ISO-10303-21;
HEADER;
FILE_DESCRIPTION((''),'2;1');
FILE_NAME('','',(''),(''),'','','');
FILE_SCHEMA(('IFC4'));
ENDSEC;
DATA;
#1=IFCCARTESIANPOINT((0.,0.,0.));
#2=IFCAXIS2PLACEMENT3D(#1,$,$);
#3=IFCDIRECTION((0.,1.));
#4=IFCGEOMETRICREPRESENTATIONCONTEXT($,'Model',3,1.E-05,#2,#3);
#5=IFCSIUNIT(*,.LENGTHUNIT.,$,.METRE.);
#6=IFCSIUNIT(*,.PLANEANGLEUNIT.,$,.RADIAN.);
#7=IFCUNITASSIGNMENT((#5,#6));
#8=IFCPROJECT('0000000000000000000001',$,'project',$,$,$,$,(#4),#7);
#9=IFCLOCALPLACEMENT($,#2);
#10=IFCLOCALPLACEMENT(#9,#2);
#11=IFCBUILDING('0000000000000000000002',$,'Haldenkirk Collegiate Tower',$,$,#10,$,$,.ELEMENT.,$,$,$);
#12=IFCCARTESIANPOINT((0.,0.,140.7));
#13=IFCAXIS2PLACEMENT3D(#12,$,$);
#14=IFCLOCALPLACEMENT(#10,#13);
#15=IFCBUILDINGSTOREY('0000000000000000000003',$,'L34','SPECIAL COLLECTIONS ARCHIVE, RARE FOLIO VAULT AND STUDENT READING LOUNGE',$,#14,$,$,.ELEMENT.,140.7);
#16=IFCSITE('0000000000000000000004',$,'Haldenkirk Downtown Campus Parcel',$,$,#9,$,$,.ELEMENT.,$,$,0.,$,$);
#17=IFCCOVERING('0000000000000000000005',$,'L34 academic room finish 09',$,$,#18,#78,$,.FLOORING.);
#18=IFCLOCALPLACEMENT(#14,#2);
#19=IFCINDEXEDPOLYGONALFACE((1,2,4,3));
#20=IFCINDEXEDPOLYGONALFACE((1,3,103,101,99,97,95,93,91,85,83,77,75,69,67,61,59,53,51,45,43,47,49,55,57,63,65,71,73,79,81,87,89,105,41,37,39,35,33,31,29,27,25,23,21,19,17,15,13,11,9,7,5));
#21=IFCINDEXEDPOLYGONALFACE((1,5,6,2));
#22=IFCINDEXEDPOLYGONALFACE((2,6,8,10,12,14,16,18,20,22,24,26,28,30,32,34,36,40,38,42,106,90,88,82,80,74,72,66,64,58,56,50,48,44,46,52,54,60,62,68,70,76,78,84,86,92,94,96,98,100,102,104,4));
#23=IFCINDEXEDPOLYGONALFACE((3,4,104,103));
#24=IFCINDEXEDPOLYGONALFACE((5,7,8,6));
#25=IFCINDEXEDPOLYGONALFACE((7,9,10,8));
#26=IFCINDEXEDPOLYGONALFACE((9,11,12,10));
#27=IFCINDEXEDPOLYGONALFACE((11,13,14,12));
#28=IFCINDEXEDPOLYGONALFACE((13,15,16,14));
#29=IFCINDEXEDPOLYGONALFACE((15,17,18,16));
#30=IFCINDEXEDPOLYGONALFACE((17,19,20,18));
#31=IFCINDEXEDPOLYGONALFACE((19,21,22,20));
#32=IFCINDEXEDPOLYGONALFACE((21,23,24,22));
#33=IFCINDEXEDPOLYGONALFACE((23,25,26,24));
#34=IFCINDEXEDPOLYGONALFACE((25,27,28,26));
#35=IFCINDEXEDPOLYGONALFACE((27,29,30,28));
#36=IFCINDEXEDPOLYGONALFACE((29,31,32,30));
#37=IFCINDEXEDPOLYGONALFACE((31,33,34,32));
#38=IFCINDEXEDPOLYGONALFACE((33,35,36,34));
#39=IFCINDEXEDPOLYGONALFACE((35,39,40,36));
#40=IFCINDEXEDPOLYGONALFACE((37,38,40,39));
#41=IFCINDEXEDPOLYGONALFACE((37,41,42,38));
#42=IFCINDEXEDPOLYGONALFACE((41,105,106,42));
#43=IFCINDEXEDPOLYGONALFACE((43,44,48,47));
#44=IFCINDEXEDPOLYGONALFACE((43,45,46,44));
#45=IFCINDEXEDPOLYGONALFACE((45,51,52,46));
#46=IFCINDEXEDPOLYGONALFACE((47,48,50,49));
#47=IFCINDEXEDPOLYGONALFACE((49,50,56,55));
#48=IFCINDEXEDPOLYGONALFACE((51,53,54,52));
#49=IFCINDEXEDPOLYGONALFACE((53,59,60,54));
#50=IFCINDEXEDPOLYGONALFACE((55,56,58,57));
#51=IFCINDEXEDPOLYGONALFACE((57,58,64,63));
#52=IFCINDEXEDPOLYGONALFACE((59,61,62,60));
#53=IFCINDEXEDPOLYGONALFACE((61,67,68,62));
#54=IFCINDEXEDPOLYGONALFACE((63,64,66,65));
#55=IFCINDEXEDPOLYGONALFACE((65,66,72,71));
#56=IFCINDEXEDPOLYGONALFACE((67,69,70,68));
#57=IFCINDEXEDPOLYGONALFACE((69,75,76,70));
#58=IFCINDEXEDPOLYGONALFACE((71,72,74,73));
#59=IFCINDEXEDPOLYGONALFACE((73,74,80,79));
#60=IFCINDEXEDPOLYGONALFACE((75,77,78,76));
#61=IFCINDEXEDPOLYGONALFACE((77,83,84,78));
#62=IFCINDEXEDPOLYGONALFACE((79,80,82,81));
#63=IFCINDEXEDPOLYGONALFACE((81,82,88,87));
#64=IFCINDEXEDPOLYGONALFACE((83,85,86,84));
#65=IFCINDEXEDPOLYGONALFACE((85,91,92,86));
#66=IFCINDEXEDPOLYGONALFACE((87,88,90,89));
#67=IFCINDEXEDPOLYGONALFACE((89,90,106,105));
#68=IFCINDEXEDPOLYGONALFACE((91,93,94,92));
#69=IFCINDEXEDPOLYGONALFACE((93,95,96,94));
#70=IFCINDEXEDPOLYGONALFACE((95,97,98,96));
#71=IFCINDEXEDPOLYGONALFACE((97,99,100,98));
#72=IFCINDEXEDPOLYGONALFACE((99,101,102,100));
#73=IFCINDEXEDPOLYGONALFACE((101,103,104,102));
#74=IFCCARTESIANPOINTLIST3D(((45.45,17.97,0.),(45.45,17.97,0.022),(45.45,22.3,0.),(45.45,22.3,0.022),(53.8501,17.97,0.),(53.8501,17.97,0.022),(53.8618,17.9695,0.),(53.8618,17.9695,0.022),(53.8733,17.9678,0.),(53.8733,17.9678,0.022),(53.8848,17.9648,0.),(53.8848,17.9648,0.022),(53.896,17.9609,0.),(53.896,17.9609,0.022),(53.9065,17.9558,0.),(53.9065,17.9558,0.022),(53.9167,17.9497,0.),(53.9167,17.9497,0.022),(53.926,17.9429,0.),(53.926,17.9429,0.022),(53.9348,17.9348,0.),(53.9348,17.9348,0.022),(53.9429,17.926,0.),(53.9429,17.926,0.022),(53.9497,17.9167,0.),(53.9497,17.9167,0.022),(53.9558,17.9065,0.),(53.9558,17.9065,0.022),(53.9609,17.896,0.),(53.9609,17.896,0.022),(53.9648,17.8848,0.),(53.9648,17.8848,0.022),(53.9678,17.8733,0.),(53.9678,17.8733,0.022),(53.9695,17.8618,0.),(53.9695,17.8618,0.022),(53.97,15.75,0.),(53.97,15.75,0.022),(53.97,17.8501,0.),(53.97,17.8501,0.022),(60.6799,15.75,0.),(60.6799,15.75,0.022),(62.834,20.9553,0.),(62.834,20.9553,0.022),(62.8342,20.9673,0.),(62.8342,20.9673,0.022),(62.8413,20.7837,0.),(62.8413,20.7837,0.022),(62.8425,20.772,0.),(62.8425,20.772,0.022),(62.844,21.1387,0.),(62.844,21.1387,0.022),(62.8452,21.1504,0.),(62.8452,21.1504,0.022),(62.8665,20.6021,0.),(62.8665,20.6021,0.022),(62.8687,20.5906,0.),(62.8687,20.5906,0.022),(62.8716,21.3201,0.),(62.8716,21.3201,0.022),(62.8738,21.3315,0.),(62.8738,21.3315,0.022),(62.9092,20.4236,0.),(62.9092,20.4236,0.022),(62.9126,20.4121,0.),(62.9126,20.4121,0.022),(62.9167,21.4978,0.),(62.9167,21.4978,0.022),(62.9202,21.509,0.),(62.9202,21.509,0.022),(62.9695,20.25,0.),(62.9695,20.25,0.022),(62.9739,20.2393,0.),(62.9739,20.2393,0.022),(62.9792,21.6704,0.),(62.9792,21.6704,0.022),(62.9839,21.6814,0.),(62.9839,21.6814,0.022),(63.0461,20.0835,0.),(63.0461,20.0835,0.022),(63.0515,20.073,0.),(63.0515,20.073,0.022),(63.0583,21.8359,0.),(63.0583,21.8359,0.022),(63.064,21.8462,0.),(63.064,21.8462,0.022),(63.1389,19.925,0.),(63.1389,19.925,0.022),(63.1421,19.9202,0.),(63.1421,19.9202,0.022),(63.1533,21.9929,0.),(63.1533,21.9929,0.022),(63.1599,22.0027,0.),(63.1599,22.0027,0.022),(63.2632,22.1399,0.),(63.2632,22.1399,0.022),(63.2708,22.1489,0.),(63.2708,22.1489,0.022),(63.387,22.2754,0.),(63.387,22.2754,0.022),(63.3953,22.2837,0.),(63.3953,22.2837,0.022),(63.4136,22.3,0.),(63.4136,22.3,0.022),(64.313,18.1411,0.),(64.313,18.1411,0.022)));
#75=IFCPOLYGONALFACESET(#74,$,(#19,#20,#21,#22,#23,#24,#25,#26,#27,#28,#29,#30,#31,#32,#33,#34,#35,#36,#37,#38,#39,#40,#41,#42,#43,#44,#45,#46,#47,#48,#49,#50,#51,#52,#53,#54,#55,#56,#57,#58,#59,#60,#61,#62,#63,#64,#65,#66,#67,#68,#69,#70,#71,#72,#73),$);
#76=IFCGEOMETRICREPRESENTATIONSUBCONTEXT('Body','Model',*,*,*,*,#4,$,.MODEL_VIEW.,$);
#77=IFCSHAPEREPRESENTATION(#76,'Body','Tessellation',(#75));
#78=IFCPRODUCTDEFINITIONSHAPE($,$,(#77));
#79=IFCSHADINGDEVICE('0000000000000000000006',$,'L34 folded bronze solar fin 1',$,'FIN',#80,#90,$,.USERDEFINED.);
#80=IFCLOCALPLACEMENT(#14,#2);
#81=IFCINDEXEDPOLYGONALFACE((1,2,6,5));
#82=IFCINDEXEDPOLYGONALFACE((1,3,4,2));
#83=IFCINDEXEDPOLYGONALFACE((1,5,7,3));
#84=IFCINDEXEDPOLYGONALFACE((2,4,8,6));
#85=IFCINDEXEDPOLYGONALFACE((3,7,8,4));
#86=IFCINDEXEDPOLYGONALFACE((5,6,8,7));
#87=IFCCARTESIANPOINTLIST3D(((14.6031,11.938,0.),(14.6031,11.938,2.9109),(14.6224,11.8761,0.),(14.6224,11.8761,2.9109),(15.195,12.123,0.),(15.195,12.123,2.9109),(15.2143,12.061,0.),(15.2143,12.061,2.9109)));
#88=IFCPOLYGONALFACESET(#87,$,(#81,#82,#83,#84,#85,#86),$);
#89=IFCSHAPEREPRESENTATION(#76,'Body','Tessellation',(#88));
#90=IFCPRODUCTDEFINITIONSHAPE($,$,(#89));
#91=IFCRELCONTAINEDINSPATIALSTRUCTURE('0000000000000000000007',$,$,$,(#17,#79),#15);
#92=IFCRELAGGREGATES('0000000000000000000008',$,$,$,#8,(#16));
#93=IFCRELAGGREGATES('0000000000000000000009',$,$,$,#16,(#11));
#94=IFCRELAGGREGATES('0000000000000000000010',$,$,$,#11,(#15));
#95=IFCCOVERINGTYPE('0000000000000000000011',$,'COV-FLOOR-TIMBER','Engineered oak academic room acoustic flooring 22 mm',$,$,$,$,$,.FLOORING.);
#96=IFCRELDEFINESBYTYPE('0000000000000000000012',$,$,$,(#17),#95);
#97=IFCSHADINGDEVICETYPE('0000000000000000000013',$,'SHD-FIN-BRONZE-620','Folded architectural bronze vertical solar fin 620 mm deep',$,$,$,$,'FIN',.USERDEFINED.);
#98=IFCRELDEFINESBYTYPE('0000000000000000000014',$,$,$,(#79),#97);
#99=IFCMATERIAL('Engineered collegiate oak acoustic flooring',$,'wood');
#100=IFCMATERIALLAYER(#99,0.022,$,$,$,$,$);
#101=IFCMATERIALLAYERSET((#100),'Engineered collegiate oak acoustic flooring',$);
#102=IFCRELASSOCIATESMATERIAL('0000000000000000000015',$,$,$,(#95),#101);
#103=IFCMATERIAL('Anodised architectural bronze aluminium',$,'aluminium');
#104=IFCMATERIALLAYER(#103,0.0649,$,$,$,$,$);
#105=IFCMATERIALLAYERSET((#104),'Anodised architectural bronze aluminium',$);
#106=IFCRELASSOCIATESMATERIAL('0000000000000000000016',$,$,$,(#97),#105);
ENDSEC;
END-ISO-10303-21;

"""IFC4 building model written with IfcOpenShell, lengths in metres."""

from ifc_helpers import new_model, si_unit, direction, frame, origin, origin_2d, place, context, subcontext, project, spatial, polyline, rectangle, outline, extrude, source, transform, mapped, material, layer, layer_set, type_object, element, save


model = new_model("IFC4")

# Units and contexts
model_context = context("Model", 3, precision=1e-05, world=origin(), true_north=direction((0.0, 1.0)))
body_context = subcontext(model_context, "Body", "Model", "MODEL_VIEW")
ifc_project = project(units=[si_unit("LENGTHUNIT", "METRE"), si_unit("PLANEANGLEUNIT", "RADIAN")], contexts=[model_context])

# Site, building, storey
site_placement = place(None, origin())
site = spatial("IfcSite", under=ifc_project, at=site_placement, Name="Haldenkirk Downtown Campus Parcel", CompositionType="ELEMENT", RefElevation=0.0)
building_placement = place(site_placement, origin())
building = spatial("IfcBuilding", under=site, at=building_placement, Name="Haldenkirk Collegiate Tower", CompositionType="ELEMENT")
storey_placement = place(building_placement, frame((0.0, 0.0, 140.7)))
storey = spatial("IfcBuildingStorey", under=building, at=storey_placement, Name="L34", Description="SPECIAL COLLECTIONS ARCHIVE, RARE FOLIO VAULT AND STUDENT READING LOUNGE", CompositionType="ELEMENT", Elevation=140.7)

# Shared definitions
ifc_material_1 = material(Name="Anodised architectural bronze aluminium", Category="aluminium")

# Covering
ifc_material_2 = material(Name="Engineered collegiate oak acoustic flooring", Category="wood")
ifc_layer_1 = layer(ifc_material_2, 0.022)
ifc_layer_set_1 = layer_set([ifc_layer_1], Name="Engineered collegiate oak acoustic flooring")
covering_type_1 = type_object("IfcCoveringType", Name="COV-FLOOR-TIMBER", Description="Engineered oak academic room acoustic flooring 22 mm", PredefinedType="FLOORING", material=ifc_layer_set_1)
covering_1_placement = place(storey_placement, origin())
element("IfcCovering", 1, at=covering_1_placement, inside=storey, type_object=covering_type_1, Name="L34 academic room finish 09", PredefinedType="FLOORING", context=body_context, shape_type="SweptSolid", body=[
    extrude(outline(polyline([(63.4136, 22.3), (63.3953, 22.2837), (63.387, 22.2754), (63.2708, 22.1489), (63.2632, 22.1399), (63.1599, 22.0027), (63.1533, 21.9929), (63.064, 21.8462), (63.0583, 21.8359), (62.9839, 21.6814), (62.9792, 21.6704), (62.9202, 21.509), (62.9167, 21.4978), (62.8738, 21.3315), (62.8716, 21.3201), (62.8452, 21.1504), (62.844, 21.1387), (62.8342, 20.9673), (62.834, 20.9553), (62.8413, 20.7837), (62.8425, 20.772), (62.8665, 20.6021), (62.8687, 20.5906), (62.9092, 20.4236), (62.9126, 20.4121), (62.9695, 20.25), (62.9739, 20.2393), (63.0461, 20.0835), (63.0515, 20.073), (63.1389, 19.925), (63.1421, 19.9202), (64.313, 18.1411), (60.6799, 15.75), (53.97, 15.75), (53.97, 17.8501), (53.9695, 17.8618), (53.9678, 17.8733), (53.9648, 17.8848), (53.9609, 17.896), (53.9558, 17.9065), (53.9497, 17.9167), (53.9429, 17.926), (53.9348, 17.9348), (53.926, 17.9429), (53.9167, 17.9497), (53.9065, 17.9558), (53.896, 17.9609), (53.8848, 17.9648), (53.8733, 17.9678), (53.8618, 17.9695), (53.8501, 17.97), (45.45, 17.97), (45.45, 22.3), (63.4136, 22.3)])), origin(), (0.0, 0.0, 1.0), 0.022),
])

# Shading device
ifc_layer_2 = layer(ifc_material_1, 0.0649)
ifc_layer_set_2 = layer_set([ifc_layer_2], Name="Anodised architectural bronze aluminium")
shading_device_type = type_object("IfcShadingDeviceType", Name="SHD-FIN-BRONZE-620", Description="Folded architectural bronze vertical solar fin 620 mm deep", ElementType="FIN", PredefinedType="USERDEFINED", material=ifc_layer_set_2)
shared_shape_1 = source(origin(), body_context, "Body", "SweptSolid", [
    extrude(rectangle(XDim=0.6201, YDim=0.0649, at=origin_2d()), origin(), (0.0, 0.0, 1.0), 2.9109),
])
shading_device_placement = place(storey_placement, frame((14.9087, 11.9995, 0.0), z_axis=(0.0, 0.0, 1.0), x_axis=(-0.954501, -0.298208, 0.0)))
element("IfcShadingDevice", 2, at=shading_device_placement, inside=storey, type_object=shading_device_type, Name="L34 folded bronze solar fin 1", ObjectType="FIN", PredefinedType="USERDEFINED", context=body_context, shape_type="MappedRepresentation", body=[
    mapped(shared_shape_1, transform((0.0, 0.0, 0.0), x_axis=(1.0, 0.0, 0.0), y_axis=(0.0, 1.0, 0.0), z_axis=(0.0, 0.0, 1.0), scale=1.0)),
])

save(model, "model.ifc")
